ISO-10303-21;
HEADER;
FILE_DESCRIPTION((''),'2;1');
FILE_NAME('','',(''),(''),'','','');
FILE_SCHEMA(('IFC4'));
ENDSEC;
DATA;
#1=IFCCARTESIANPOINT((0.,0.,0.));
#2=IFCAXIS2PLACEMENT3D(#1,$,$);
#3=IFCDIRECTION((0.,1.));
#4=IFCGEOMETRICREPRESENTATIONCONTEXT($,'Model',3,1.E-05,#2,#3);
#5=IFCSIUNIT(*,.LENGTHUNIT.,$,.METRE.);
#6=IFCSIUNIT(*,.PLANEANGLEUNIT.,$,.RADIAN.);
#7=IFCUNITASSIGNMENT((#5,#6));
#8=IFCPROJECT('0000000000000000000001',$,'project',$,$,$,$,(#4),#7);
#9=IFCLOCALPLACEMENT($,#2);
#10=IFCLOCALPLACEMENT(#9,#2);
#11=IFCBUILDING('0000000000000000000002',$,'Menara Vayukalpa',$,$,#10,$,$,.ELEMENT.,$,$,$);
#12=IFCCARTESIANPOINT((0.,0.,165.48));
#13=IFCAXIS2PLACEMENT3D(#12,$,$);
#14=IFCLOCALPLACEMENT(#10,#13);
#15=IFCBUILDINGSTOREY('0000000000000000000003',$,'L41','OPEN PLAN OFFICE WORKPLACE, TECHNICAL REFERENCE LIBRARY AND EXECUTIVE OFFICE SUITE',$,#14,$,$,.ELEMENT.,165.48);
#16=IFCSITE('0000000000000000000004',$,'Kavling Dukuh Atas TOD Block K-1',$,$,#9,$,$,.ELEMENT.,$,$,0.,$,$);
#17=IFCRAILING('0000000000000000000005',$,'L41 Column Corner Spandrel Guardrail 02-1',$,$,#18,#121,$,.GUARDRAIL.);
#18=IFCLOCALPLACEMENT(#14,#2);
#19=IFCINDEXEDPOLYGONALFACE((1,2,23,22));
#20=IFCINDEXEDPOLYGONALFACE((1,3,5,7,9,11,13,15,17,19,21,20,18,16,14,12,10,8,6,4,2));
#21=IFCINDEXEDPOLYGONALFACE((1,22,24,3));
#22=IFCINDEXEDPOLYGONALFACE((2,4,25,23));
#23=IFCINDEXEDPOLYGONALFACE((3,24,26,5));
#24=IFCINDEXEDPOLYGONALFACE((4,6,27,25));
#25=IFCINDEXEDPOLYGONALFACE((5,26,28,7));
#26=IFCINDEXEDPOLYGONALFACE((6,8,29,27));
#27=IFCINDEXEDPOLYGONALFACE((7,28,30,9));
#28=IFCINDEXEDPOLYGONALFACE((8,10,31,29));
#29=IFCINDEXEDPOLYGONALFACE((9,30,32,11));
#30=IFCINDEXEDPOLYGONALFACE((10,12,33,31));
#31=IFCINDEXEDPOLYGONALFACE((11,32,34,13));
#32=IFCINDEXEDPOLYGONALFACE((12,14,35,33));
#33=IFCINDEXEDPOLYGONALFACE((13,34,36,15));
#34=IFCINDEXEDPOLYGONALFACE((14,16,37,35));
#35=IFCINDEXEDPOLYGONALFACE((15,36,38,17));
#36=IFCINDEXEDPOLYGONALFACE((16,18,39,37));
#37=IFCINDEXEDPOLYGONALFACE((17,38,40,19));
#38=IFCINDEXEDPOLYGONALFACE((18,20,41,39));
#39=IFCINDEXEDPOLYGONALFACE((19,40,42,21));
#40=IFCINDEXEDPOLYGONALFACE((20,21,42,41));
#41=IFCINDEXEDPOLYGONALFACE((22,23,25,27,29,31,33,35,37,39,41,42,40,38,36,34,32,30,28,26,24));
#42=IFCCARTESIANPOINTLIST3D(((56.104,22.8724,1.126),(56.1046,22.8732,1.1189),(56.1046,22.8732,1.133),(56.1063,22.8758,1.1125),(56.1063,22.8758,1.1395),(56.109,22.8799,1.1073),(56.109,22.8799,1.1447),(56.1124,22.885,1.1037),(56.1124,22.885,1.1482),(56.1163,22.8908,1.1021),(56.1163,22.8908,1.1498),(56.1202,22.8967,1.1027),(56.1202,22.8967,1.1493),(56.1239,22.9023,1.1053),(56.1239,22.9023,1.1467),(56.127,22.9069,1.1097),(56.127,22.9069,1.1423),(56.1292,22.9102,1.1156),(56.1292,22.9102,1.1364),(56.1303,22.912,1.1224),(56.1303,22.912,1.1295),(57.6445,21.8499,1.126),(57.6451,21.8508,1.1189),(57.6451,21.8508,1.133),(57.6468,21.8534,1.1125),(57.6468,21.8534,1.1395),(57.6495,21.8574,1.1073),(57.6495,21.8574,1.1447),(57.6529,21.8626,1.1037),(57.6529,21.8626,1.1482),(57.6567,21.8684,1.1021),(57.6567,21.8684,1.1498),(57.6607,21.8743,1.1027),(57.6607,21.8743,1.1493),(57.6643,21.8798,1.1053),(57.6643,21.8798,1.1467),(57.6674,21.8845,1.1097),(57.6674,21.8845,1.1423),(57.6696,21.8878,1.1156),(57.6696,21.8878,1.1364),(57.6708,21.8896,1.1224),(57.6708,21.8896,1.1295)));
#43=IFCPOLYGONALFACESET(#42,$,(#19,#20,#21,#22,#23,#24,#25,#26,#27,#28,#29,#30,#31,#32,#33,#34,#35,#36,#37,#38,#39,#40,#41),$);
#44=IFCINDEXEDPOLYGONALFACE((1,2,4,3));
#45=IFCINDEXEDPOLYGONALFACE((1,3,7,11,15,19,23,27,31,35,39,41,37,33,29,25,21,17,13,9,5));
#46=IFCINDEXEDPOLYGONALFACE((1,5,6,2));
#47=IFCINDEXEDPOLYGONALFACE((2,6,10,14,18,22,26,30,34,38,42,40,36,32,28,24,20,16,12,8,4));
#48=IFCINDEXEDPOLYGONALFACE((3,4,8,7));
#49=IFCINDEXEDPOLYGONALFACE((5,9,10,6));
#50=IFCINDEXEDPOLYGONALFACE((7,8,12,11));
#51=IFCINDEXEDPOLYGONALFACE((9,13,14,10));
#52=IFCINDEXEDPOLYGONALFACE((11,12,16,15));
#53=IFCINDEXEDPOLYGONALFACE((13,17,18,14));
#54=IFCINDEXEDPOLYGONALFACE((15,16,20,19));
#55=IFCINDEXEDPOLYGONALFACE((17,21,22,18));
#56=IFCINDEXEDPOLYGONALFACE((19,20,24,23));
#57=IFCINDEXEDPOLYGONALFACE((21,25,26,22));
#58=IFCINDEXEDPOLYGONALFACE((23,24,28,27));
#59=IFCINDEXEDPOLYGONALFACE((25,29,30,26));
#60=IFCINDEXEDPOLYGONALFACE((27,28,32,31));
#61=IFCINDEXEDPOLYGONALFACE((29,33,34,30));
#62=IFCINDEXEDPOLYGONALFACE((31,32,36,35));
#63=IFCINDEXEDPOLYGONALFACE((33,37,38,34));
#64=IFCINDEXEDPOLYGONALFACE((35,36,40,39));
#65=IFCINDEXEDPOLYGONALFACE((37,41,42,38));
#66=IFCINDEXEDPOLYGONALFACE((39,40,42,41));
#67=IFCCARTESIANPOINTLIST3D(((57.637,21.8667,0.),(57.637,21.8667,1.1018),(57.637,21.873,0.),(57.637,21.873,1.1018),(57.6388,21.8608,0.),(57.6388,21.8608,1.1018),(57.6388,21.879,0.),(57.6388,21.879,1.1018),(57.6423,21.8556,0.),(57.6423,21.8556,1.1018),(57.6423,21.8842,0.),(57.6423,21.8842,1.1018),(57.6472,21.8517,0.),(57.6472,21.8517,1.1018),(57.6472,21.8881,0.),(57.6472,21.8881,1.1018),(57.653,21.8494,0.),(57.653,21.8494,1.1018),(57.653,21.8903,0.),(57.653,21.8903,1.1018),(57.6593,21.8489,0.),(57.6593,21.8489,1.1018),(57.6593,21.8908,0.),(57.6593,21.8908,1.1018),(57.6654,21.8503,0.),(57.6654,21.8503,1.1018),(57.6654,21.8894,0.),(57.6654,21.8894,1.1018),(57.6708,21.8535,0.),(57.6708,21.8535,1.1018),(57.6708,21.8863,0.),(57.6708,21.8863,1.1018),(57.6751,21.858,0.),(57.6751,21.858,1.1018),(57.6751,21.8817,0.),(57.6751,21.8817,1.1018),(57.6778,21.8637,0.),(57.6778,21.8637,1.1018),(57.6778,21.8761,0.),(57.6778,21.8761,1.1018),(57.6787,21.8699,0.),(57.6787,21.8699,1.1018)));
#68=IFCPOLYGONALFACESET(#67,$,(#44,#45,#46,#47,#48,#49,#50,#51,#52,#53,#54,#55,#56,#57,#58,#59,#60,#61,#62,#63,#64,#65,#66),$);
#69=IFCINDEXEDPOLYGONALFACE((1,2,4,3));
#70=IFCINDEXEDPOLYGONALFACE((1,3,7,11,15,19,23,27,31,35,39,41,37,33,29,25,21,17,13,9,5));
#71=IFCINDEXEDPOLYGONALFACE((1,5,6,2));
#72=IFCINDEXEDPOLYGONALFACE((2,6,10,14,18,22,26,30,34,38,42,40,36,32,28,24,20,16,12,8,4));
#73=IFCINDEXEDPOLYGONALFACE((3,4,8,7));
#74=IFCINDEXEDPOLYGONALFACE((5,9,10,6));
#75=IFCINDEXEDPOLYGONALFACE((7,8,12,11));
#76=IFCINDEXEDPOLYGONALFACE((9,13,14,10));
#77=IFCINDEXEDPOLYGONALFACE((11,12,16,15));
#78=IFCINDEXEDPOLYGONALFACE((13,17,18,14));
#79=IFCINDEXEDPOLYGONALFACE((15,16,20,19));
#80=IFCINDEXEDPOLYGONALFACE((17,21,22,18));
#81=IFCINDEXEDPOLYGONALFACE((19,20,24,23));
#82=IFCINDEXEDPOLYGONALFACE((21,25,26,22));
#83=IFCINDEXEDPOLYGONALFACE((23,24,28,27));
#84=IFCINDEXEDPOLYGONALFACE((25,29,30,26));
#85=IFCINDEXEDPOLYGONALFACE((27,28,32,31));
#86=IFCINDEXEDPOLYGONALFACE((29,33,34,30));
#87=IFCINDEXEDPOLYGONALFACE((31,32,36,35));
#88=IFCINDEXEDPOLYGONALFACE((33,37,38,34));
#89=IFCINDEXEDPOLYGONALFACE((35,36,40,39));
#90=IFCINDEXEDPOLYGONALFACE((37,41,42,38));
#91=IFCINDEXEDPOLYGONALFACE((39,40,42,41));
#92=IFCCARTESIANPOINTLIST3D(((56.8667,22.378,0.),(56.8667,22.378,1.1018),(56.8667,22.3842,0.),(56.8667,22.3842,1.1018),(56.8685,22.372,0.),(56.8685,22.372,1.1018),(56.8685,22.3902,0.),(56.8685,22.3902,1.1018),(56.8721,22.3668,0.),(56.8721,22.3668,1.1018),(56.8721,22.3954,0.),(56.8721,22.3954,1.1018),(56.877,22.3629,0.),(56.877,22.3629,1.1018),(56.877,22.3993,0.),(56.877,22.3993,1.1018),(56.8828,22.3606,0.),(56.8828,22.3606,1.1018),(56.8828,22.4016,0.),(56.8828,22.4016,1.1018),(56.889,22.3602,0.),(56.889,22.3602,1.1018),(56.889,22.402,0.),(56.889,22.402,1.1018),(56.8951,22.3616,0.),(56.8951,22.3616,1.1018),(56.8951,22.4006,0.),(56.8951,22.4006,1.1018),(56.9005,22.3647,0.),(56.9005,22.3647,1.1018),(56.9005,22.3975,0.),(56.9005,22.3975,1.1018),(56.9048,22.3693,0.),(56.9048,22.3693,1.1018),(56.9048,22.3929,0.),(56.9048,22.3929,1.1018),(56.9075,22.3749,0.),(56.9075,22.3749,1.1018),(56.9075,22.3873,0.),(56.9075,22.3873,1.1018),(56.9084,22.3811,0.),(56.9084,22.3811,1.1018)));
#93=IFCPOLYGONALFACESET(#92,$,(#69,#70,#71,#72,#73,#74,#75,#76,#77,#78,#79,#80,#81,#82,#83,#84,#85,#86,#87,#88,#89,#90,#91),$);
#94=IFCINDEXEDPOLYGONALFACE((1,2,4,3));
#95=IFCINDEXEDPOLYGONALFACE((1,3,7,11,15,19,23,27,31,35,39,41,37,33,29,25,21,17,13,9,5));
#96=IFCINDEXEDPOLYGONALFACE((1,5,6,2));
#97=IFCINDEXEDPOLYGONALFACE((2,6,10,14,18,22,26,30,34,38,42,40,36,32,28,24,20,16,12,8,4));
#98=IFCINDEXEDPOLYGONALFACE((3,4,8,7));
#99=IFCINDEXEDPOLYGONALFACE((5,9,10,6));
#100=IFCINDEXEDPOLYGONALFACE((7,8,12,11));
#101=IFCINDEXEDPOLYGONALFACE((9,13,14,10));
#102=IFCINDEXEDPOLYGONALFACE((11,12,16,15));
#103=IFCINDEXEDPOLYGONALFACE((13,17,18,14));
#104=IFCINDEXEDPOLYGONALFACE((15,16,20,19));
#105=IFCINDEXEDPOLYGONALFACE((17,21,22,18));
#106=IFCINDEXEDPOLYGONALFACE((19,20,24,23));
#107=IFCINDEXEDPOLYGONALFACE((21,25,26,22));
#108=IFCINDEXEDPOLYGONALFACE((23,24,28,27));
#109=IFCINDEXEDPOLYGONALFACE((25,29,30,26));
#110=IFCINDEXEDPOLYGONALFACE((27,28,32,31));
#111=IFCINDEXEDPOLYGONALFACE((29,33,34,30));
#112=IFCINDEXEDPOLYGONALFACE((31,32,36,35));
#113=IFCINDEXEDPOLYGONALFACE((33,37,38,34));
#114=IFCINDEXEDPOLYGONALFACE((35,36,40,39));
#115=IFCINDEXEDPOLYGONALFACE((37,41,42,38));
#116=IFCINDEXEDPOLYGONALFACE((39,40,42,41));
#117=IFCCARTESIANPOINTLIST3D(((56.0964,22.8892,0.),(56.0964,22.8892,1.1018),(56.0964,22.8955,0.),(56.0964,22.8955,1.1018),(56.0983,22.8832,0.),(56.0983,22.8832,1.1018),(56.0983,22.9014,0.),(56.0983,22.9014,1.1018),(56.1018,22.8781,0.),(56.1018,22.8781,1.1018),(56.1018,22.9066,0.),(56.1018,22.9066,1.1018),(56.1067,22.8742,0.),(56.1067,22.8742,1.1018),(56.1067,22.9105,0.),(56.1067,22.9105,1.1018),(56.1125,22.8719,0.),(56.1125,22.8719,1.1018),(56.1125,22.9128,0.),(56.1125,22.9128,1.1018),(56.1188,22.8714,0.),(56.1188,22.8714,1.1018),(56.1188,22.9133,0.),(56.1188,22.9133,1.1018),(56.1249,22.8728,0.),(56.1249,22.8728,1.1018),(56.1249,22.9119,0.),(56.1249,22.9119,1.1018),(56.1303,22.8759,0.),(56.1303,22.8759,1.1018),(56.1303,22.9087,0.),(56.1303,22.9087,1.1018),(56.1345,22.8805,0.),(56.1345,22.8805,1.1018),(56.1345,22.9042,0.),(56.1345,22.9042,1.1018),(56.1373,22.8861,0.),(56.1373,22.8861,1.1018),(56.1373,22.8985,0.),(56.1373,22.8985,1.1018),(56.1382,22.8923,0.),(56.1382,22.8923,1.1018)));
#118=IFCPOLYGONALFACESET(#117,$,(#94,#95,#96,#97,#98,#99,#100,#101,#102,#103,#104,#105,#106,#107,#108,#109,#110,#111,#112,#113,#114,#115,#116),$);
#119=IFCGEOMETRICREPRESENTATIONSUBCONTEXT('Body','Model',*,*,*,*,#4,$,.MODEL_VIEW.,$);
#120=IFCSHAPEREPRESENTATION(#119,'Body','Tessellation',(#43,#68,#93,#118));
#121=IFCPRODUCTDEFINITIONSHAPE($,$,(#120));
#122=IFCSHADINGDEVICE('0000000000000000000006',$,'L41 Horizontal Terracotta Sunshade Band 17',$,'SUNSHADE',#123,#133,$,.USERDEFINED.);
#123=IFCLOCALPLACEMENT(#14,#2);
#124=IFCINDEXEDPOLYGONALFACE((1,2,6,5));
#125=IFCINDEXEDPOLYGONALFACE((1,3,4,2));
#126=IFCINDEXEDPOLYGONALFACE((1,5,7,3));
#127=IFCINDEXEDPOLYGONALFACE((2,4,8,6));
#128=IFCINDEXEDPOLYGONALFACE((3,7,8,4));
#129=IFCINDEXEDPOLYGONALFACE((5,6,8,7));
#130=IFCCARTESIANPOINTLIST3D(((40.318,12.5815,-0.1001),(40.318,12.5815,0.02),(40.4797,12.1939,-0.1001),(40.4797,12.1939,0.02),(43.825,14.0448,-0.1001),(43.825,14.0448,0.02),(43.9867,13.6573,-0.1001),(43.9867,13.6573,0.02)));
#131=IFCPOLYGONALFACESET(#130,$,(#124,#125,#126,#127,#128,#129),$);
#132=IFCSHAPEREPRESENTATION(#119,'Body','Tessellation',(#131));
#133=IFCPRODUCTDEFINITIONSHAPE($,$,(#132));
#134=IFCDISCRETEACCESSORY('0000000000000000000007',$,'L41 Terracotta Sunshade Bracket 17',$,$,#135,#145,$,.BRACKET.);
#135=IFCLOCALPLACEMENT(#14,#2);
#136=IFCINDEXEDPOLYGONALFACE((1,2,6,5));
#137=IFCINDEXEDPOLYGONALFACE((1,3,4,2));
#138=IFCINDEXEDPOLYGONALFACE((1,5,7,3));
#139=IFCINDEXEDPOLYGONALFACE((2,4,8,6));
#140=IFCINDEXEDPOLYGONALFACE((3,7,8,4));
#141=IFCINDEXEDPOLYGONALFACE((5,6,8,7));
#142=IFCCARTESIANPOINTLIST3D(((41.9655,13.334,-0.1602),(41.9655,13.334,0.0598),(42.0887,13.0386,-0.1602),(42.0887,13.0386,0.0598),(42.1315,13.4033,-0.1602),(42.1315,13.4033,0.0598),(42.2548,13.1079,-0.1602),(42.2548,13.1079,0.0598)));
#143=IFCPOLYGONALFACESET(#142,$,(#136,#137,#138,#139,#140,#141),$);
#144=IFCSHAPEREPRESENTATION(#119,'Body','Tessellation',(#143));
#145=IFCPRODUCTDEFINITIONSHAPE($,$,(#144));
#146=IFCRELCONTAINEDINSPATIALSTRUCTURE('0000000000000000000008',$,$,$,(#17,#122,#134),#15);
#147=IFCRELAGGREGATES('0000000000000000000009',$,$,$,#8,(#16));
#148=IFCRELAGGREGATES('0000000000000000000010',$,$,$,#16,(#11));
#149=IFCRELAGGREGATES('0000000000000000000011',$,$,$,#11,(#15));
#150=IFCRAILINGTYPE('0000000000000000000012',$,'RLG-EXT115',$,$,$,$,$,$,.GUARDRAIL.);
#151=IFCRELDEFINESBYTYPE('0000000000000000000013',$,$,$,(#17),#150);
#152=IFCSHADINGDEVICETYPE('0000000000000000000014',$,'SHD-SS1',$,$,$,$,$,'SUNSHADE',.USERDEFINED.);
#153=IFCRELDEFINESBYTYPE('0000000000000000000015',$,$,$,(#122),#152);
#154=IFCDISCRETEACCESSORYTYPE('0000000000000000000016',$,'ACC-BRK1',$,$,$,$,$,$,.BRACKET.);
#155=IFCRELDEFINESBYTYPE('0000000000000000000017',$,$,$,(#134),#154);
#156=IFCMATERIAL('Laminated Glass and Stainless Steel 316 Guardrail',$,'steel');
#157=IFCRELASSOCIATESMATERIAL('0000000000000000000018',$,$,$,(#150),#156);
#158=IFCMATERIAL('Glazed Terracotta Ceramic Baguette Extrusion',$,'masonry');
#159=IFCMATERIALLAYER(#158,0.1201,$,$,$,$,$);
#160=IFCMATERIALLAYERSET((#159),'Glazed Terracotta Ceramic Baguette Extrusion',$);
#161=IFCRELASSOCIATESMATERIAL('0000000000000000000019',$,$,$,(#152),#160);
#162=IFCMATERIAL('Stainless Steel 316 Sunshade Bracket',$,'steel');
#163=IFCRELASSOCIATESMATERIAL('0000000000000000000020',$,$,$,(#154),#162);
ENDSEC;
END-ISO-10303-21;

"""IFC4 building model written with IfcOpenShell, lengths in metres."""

from ifc_helpers import new_model, si_unit, direction, frame, origin, origin_2d, place, context, subcontext, project, spatial, rectangle, circle, extrude, material, layer, layer_set, type_object, element, save


model = new_model("IFC4")

# Units and contexts
model_context = context("Model", 3, precision=1e-05, world=origin(), true_north=direction((0.0, 1.0)))
body_context = subcontext(model_context, "Body", "Model", "MODEL_VIEW")
ifc_project = project(units=[si_unit("LENGTHUNIT", "METRE"), si_unit("PLANEANGLEUNIT", "RADIAN")], contexts=[model_context])

# Site, building, storey
site_placement = place(None, origin())
site = spatial("IfcSite", under=ifc_project, at=site_placement, Name="Kavling Dukuh Atas TOD Block K-1", CompositionType="ELEMENT", RefElevation=0.0)
building_placement = place(site_placement, origin())
building = spatial("IfcBuilding", under=site, at=building_placement, Name="Menara Vayukalpa", CompositionType="ELEMENT")
storey_placement = place(building_placement, frame((0.0, 0.0, 165.48)))
storey = spatial("IfcBuildingStorey", under=building, at=storey_placement, Name="L41", Description="OPEN PLAN OFFICE WORKPLACE, TECHNICAL REFERENCE LIBRARY AND EXECUTIVE OFFICE SUITE", CompositionType="ELEMENT", Elevation=165.48)

# Railing
ifc_material_1 = material(Name="Laminated Glass and Stainless Steel 316 Guardrail", Category="steel")
railing_type = type_object("IfcRailingType", Name="RLG-EXT115", PredefinedType="GUARDRAIL", material=ifc_material_1)
railing_1_placement = place(storey_placement, frame((57.6577, 21.8699, 0.0)))
element("IfcRailing", 1, at=railing_1_placement, inside=storey, type_object=railing_type, Name="L41 Column Corner Spandrel Guardrail 02-1", PredefinedType="GUARDRAIL", context=body_context, shape_type="SweptSolid", body=[
    extrude(circle(Radius=0.0239, at=origin_2d()), frame((0.0, 0.0, 1.126), z_axis=(-0.833186, 0.552993, 0.0), x_axis=(-0.552993, -0.833186, 0.0)), (0.0, 0.0, 1.0), 1.8489),
    extrude(circle(Radius=0.021, at=origin_2d()), origin(), (0.0, 0.0, 1.0), 1.1018),
    extrude(circle(Radius=0.021, at=origin_2d()), frame((-0.7703, 0.5112, 0.0)), (0.0, 0.0, 1.0), 1.1018),
    extrude(circle(Radius=0.021, at=origin_2d()), frame((-1.5405, 1.0225, 0.0)), (0.0, 0.0, 1.0), 1.1018),
])

# Shading device
ifc_material_2 = material(Name="Glazed Terracotta Ceramic Baguette Extrusion", Category="masonry")
ifc_layer_1 = layer(ifc_material_2, 0.1201)
ifc_layer_set_1 = layer_set([ifc_layer_1], Name="Glazed Terracotta Ceramic Baguette Extrusion")
shading_device_type = type_object("IfcShadingDeviceType", Name="SHD-SS1", ElementType="SUNSHADE", PredefinedType="USERDEFINED", material=ifc_layer_set_1)
shading_device_placement = place(storey_placement, frame((42.1523, 13.1194, -0.1001), z_axis=(0.0, 0.0, 1.0), x_axis=(0.922881, 0.385085, 0.0)))
element("IfcShadingDevice", 2, at=shading_device_placement, inside=storey, type_object=shading_device_type, Name="L41 Horizontal Terracotta Sunshade Band 17", ObjectType="SUNSHADE", PredefinedType="USERDEFINED", context=body_context, shape_type="SweptSolid", body=[
    extrude(rectangle(XDim=3.8, YDim=0.4199, at=origin_2d()), origin(), (0.0, 0.0, 1.0), 0.1201),
])

# Discrete accessory
ifc_material_3 = material(Name="Stainless Steel 316 Sunshade Bracket", Category="steel")
discrete_accessory_type = type_object("IfcDiscreteAccessoryType", Name="ACC-BRK1", PredefinedType="BRACKET", material=ifc_material_3)
discrete_accessory_placement = place(storey_placement, frame((42.1101, 13.2209, -0.1602), z_axis=(0.0, 0.0, 1.0), x_axis=(0.922881, 0.385085, 0.0)))
element("IfcDiscreteAccessory", 3, at=discrete_accessory_placement, inside=storey, type_object=discrete_accessory_type, Name="L41 Terracotta Sunshade Bracket 17", PredefinedType="BRACKET", context=body_context, shape_type="SweptSolid", body=[
    extrude(rectangle(XDim=0.1799, YDim=0.3201, at=origin_2d()), origin(), (0.0, 0.0, 1.0), 0.22),
])

save(model, "model.ifc")
